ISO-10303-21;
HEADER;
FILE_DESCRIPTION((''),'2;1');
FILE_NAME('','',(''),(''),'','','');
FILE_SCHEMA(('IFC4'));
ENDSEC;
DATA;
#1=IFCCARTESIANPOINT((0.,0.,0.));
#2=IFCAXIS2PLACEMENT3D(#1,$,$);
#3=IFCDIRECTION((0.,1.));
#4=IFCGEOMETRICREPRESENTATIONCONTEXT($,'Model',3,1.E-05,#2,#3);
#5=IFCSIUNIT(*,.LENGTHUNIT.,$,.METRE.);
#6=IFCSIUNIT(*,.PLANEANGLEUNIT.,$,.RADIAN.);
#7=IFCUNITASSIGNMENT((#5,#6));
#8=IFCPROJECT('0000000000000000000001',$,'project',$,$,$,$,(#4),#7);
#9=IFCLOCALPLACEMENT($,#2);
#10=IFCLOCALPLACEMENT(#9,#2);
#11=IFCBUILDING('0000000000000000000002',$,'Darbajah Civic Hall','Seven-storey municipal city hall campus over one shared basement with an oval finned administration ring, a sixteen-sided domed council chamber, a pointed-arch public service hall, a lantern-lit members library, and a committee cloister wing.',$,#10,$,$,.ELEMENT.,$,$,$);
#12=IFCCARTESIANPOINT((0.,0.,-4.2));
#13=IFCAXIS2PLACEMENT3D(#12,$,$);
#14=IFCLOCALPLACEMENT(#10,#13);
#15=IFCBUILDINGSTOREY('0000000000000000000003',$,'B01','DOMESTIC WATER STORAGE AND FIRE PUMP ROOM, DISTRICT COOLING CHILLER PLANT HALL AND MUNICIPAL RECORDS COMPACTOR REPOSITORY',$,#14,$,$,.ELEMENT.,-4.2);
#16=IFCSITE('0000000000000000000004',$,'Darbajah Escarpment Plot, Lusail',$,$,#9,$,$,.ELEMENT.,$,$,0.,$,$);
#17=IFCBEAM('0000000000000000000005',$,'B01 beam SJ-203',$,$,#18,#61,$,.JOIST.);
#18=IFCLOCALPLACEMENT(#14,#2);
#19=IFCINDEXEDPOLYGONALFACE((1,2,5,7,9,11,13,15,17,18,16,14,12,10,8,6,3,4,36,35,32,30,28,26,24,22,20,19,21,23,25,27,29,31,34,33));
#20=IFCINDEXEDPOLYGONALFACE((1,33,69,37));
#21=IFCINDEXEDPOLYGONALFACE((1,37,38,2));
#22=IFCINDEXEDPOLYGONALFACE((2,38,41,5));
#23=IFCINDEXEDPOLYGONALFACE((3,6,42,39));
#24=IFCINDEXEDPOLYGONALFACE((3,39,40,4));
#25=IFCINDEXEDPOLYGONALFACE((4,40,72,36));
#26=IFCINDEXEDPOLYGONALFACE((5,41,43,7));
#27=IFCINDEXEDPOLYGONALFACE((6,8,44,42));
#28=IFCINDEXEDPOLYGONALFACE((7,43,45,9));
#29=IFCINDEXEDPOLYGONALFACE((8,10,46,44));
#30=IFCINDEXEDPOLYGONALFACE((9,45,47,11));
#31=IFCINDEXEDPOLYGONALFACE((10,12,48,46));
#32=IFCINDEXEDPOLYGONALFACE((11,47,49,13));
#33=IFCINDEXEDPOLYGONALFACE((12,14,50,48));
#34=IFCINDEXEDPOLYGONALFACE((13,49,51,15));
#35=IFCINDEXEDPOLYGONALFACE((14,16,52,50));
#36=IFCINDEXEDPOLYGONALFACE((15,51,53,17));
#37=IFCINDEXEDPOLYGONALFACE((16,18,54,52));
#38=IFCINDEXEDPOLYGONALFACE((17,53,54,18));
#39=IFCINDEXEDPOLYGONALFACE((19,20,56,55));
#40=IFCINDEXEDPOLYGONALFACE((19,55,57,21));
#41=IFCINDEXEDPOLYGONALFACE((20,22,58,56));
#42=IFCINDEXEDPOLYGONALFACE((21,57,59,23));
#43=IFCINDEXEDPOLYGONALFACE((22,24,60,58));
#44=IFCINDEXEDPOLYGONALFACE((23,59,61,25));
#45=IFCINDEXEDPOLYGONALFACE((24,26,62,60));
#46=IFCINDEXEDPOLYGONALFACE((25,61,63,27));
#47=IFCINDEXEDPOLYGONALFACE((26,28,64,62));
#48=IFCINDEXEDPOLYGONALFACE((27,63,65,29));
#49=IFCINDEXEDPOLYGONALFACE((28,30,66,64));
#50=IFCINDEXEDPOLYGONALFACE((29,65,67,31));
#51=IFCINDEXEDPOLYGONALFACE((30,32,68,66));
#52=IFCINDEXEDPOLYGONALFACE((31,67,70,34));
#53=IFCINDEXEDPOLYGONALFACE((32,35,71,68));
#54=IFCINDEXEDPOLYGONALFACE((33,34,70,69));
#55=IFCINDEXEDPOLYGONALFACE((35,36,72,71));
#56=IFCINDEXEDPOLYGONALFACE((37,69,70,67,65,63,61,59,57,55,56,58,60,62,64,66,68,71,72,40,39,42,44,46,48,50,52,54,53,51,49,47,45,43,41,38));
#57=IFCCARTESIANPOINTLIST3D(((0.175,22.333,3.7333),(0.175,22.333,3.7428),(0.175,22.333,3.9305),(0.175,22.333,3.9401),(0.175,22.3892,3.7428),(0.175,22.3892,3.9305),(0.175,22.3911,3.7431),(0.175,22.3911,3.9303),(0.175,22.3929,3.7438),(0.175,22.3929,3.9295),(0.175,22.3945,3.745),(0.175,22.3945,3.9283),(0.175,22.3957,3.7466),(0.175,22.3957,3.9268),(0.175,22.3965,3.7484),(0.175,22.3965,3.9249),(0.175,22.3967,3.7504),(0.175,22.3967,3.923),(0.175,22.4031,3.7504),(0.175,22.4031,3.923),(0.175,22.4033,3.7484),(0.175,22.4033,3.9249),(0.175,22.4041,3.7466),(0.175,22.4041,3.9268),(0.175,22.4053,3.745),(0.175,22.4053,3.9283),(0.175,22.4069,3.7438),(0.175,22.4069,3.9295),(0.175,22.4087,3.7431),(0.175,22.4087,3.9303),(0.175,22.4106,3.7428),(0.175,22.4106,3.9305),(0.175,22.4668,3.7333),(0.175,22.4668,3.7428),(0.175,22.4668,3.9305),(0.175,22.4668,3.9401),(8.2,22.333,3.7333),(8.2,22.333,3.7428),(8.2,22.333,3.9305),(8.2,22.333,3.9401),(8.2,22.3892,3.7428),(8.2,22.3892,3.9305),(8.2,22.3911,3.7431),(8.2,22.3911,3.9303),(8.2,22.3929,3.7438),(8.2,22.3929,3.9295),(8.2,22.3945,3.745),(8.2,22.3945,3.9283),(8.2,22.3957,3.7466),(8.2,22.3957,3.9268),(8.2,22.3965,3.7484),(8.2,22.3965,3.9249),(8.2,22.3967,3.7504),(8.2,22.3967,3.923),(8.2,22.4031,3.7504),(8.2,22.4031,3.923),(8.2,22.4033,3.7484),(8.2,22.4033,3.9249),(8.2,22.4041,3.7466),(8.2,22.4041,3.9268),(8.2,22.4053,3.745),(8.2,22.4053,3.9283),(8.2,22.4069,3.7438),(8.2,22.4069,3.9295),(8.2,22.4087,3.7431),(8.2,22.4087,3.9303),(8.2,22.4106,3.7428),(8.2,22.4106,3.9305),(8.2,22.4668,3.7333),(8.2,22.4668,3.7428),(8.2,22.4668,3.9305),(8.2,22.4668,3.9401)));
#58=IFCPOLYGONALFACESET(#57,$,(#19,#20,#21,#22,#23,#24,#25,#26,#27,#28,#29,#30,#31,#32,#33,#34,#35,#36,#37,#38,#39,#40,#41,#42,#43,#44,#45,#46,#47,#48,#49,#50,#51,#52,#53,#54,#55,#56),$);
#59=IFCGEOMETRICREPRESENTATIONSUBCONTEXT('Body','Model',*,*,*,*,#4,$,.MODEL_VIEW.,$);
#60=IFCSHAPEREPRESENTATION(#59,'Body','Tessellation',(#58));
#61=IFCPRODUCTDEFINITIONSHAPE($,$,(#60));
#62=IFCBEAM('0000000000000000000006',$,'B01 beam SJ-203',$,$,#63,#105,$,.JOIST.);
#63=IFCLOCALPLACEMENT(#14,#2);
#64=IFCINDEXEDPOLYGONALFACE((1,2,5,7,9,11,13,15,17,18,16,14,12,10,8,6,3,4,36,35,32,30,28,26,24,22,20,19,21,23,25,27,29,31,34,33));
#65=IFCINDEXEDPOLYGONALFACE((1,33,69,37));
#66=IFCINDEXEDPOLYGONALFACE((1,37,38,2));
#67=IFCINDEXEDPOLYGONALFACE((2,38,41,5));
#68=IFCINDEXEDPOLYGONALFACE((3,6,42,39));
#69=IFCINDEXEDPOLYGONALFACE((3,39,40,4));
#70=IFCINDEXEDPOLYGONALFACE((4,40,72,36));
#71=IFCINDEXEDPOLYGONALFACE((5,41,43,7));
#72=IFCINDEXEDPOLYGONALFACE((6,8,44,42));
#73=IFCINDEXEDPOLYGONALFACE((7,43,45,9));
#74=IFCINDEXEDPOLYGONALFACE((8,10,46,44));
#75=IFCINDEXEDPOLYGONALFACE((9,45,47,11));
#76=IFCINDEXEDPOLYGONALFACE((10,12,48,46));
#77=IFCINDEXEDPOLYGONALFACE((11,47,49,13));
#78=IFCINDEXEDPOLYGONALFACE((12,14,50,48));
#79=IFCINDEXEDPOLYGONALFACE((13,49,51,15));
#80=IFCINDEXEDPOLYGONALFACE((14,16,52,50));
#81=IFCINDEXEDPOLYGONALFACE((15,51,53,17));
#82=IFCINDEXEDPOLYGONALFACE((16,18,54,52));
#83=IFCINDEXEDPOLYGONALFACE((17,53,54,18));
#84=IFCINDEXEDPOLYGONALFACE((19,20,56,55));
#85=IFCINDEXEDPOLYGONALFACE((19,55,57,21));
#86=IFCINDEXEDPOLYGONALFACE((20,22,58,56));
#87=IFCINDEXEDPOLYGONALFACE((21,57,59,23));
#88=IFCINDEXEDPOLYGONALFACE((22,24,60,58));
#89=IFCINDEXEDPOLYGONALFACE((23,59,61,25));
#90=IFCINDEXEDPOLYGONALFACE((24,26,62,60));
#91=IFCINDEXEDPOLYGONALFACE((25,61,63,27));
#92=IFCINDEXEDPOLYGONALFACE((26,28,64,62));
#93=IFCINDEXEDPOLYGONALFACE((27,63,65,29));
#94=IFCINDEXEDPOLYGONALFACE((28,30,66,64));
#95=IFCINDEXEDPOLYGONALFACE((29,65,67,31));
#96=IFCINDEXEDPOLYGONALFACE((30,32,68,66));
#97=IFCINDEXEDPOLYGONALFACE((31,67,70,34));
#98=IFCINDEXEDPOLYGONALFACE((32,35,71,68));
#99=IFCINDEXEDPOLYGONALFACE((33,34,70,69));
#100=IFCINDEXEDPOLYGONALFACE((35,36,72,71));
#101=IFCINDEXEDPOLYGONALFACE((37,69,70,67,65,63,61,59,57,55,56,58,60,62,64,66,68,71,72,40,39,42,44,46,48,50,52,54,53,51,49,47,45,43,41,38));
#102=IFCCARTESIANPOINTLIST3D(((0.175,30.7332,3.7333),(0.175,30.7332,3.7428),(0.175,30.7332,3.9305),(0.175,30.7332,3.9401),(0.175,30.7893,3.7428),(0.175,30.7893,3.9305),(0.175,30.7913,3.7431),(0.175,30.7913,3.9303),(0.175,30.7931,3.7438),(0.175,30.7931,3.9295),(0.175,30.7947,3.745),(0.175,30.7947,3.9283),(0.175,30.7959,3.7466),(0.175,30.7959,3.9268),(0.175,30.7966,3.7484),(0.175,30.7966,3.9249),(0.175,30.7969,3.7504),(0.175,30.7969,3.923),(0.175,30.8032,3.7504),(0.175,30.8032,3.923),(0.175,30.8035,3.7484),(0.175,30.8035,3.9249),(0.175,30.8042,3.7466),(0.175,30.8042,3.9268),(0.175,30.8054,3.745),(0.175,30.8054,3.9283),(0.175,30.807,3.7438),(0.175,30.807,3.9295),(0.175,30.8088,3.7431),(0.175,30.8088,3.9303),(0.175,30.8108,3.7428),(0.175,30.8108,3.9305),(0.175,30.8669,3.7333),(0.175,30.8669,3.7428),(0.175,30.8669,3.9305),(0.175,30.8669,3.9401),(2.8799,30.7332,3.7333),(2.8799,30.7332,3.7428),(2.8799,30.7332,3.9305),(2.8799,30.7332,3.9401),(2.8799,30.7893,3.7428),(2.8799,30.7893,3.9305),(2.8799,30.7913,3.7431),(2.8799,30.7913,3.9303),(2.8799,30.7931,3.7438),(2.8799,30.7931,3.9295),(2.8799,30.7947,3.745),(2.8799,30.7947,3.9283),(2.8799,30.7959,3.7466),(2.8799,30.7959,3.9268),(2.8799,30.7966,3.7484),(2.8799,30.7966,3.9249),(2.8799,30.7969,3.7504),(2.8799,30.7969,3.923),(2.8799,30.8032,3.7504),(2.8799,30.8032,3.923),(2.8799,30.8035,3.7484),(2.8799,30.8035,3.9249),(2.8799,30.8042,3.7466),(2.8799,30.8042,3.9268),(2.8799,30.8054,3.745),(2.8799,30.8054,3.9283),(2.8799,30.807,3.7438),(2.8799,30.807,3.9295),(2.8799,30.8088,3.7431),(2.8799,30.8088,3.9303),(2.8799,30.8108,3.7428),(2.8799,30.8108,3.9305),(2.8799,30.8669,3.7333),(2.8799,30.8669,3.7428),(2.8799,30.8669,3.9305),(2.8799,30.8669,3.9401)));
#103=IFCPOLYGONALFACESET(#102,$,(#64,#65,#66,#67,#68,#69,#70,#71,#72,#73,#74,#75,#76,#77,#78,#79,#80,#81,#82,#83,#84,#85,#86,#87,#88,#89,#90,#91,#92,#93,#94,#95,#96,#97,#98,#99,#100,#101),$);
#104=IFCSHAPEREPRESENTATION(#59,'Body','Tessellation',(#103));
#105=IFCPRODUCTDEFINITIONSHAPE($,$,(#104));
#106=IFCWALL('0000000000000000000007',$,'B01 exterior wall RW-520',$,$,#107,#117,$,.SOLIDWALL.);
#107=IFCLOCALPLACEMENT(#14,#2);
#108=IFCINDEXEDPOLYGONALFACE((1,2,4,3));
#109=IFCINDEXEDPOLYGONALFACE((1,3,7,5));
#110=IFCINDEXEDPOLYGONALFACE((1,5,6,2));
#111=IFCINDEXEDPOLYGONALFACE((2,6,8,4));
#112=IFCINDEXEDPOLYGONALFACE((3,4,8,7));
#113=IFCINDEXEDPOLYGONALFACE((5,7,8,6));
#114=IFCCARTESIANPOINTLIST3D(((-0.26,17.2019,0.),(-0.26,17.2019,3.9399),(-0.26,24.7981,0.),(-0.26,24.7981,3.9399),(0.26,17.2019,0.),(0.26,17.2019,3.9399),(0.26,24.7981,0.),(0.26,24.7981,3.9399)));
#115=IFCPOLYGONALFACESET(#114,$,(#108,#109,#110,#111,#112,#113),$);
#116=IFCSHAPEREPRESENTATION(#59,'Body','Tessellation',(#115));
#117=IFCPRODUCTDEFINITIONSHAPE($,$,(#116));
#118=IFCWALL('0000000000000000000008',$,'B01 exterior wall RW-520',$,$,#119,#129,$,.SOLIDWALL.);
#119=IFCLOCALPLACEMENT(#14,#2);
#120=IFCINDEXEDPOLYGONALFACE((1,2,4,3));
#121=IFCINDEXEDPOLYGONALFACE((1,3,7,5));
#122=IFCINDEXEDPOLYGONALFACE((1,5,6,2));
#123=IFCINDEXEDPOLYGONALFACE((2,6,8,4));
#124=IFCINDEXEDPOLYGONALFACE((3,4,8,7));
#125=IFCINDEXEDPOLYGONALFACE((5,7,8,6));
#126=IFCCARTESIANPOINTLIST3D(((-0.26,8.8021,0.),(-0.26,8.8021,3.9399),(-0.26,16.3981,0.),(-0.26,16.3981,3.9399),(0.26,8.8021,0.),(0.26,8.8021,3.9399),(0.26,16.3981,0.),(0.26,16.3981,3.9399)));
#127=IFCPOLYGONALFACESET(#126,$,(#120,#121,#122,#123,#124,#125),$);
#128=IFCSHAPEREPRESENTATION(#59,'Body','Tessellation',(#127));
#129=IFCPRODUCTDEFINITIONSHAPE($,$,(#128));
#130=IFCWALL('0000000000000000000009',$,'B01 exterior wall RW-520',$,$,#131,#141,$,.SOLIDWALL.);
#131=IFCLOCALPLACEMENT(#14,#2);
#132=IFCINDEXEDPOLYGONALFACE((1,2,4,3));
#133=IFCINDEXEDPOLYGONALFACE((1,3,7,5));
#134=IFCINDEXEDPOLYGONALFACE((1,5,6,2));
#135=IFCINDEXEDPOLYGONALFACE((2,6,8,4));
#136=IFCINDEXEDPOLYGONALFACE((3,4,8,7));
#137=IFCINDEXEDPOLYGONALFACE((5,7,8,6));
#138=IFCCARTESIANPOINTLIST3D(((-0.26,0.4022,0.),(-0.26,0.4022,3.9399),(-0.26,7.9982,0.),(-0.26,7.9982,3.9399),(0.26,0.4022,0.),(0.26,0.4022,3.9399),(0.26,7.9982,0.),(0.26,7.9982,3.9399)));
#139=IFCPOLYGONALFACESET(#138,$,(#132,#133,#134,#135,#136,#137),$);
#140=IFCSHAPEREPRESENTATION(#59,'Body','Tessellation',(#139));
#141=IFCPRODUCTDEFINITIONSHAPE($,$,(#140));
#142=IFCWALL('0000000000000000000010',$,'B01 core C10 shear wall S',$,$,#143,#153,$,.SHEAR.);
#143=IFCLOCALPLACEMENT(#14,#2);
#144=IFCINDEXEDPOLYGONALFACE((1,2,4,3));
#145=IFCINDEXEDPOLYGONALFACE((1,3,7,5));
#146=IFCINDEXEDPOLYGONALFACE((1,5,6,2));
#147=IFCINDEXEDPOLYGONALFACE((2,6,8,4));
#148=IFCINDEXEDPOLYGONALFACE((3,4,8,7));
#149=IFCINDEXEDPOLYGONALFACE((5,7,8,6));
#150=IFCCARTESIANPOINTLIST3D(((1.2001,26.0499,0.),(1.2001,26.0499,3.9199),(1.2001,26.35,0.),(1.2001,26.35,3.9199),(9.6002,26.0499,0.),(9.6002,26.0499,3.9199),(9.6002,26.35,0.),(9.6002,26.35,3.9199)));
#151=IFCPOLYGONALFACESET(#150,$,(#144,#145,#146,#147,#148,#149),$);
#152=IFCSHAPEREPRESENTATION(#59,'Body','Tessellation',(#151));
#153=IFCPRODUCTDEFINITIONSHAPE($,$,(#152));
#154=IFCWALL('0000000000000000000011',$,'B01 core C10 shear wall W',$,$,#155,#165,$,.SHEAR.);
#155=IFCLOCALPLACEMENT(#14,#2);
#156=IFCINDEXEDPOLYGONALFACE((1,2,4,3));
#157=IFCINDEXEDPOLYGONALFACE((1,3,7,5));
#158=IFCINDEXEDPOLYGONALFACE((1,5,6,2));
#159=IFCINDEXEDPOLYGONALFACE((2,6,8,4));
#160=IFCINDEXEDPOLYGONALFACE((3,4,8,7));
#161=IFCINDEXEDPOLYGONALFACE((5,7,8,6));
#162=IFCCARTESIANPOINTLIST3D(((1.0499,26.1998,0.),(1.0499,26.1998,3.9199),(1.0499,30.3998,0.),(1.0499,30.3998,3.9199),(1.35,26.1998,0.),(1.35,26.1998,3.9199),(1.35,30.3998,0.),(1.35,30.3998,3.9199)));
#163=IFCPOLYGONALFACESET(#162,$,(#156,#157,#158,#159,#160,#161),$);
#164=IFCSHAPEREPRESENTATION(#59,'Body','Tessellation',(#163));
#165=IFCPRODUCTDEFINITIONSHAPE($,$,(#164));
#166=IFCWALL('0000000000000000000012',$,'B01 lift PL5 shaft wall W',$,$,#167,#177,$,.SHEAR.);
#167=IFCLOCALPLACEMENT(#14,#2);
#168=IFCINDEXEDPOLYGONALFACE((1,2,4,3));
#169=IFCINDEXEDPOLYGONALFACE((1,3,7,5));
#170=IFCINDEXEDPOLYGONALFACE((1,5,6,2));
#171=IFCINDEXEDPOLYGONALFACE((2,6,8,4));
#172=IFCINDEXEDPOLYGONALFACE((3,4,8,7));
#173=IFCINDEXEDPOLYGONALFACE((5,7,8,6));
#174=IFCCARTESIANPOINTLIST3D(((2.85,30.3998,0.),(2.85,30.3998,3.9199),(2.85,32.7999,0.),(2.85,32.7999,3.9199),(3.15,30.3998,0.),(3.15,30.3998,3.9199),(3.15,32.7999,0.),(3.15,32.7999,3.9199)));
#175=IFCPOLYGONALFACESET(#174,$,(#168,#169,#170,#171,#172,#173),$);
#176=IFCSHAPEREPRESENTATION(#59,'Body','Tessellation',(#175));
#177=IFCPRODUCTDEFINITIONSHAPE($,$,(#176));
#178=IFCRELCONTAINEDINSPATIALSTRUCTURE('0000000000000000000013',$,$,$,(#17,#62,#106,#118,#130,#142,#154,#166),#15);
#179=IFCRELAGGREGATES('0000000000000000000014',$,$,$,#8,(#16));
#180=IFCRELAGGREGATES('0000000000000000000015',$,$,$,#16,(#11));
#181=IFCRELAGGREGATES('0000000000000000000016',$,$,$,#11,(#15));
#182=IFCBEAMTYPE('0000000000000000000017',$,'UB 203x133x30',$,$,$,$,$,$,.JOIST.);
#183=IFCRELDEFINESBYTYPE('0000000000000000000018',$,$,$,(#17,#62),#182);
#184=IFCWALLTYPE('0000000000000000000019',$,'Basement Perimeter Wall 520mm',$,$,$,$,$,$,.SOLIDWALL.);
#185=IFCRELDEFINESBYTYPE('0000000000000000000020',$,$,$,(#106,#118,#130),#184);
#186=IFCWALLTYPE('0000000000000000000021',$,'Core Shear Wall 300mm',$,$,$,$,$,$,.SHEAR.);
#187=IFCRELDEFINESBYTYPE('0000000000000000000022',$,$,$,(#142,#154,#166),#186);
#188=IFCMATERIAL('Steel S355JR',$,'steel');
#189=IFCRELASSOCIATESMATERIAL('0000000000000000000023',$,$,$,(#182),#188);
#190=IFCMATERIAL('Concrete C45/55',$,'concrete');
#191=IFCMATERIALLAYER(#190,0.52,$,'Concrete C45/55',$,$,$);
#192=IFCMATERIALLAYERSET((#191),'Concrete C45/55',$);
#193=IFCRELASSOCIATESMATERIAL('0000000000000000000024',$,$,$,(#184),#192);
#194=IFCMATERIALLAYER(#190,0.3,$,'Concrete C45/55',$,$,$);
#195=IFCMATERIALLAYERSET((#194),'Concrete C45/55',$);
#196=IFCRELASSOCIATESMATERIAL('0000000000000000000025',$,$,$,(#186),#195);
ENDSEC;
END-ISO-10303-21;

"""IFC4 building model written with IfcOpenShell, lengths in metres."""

from ifc_helpers import new_model, si_unit, direction, frame, frame_2d, origin, origin_2d, place, context, subcontext, project, spatial, rectangle, i_section, extrude, material, layer, layer_set, material_profile, profile_set, type_object, element, save


model = new_model("IFC4")

# Units and contexts
model_context = context("Model", 3, precision=1e-05, world=origin(), true_north=direction((0.0, 1.0)))
body_context = subcontext(model_context, "Body", "Model", "MODEL_VIEW")
ifc_project = project(units=[si_unit("LENGTHUNIT", "METRE"), si_unit("PLANEANGLEUNIT", "RADIAN")], contexts=[model_context])

# Site, building, storey
site_placement = place(None, origin())
site = spatial("IfcSite", under=ifc_project, at=site_placement, Name="Darbajah Escarpment Plot, Lusail", CompositionType="ELEMENT", RefElevation=0.0)
building_placement = place(site_placement, origin())
building = spatial("IfcBuilding", under=site, at=building_placement, Name="Darbajah Civic Hall", Description="Seven-storey municipal city hall campus over one shared basement with an oval finned administration ring, a sixteen-sided domed council chamber, a pointed-arch public service hall, a lantern-lit members library, and a committee cloister wing.", CompositionType="ELEMENT")
storey_placement = place(building_placement, frame((0.0, 0.0, -4.2)))
storey = spatial("IfcBuildingStorey", under=building, at=storey_placement, Name="B01", Description="DOMESTIC WATER STORAGE AND FIRE PUMP ROOM, DISTRICT COOLING CHILLER PLANT HALL AND MUNICIPAL RECORDS COMPACTOR REPOSITORY", CompositionType="ELEMENT", Elevation=-4.2)

# Shared definitions
ifc_material_1 = material(Name="Concrete C45/55", Category="concrete")

# Beams
ifc_material_2 = material(Name="Steel S355JR", Category="steel")
ifc_material_profile_1 = material_profile(ifc_material_2, i_section(OverallWidth=0.1338, OverallDepth=0.2068, WebThickness=0.0063, FlangeThickness=0.0095, FilletRadius=0.0076, at=origin_2d()), Name="UB 203x133x30")
ifc_profile_set_1 = profile_set([ifc_material_profile_1], Name="Steel S355JR")
beam_type_1 = type_object("IfcBeamType", Name="UB 203x133x30", PredefinedType="JOIST", material=ifc_profile_set_1)
for number, where, z_axis, x_axis, name in (
    (1, (0.175, 22.3999, 3.8367), (1.0, 0.0, 0.0), (0.0, 1.0, 0.0), "B01 beam SJ-203"),
):
    element("IfcBeam", number, at=place(storey_placement, frame(where, z_axis=z_axis, x_axis=x_axis)), inside=storey, type_object=beam_type_1, Name=name, PredefinedType="JOIST", context=body_context, shape_type="SweptSolid", body=[
        extrude(i_section(OverallWidth=0.1338, OverallDepth=0.2068, WebThickness=0.0063, FlangeThickness=0.0095, FilletRadius=0.0076, at=origin_2d()), origin(), (0.0, 0.0, 1.0), 8.0249),
    ])
beam_1_placement = place(storey_placement, frame((0.175, 30.8, 3.8367), z_axis=(1.0, 0.0, 0.0), x_axis=(0.0, 1.0, 0.0)))
element("IfcBeam", 2, at=beam_1_placement, inside=storey, type_object=beam_type_1, Name="B01 beam SJ-203", PredefinedType="JOIST", context=body_context, shape_type="SweptSolid", body=[
    extrude(i_section(OverallWidth=0.1338, OverallDepth=0.2068, WebThickness=0.0063, FlangeThickness=0.0095, FilletRadius=0.0076, at=origin_2d()), origin(), (0.0, 0.0, 1.0), 2.7048),
])

# Walls
ifc_layer_1 = layer(ifc_material_1, 0.52, Name="Concrete C45/55")
ifc_layer_set_1 = layer_set([ifc_layer_1], Name="Concrete C45/55")
wall_type_1 = type_object("IfcWallType", Name="Basement Perimeter Wall 520mm", PredefinedType="SOLIDWALL", material=ifc_layer_set_1)
wall_1_placement = place(storey_placement, frame((0.0, 24.7981, 0.0), z_axis=(0.0, 0.0, 1.0), x_axis=(0.0, -1.0, 0.0)))
element("IfcWall", 3, at=wall_1_placement, inside=storey, type_object=wall_type_1, Name="B01 exterior wall RW-520", PredefinedType="SOLIDWALL", context=body_context, shape_type="SweptSolid", body=[
    extrude(rectangle(XDim=7.5962, YDim=0.52, at=frame_2d((3.7981, 0.0))), origin(), (0.0, 0.0, 1.0), 3.9399),
])
for number, where, z_axis, x_axis, name in (
    (4, (0.0, 16.3979, 0.0), (0.0, 0.0, 1.0), (0.0, -1.0, 0.0), "B01 exterior wall RW-520"),
    (5, (0.0, 7.998, 0.0), (0.0, 0.0, 1.0), (0.0, -1.0, 0.0), "B01 exterior wall RW-520"),
):
    element("IfcWall", number, at=place(storey_placement, frame(where, z_axis=z_axis, x_axis=x_axis)), inside=storey, type_object=wall_type_1, Name=name, PredefinedType="SOLIDWALL", context=body_context, shape_type="SweptSolid", body=[
        extrude(rectangle(XDim=7.5959, YDim=0.52, at=frame_2d((3.7979, 0.0))), origin(), (0.0, 0.0, 1.0), 3.9399),
    ])
ifc_layer_2 = layer(ifc_material_1, 0.3, Name="Concrete C45/55")
ifc_layer_set_2 = layer_set([ifc_layer_2], Name="Concrete C45/55")
wall_type_2 = type_object("IfcWallType", Name="Core Shear Wall 300mm", PredefinedType="SHEAR", material=ifc_layer_set_2)
wall_2_placement = place(storey_placement, frame((1.2, 26.2, 0.0), z_axis=(0.0, 0.0, 1.0), x_axis=(1.0, 0.0, 0.0)))
element("IfcWall", 6, at=wall_2_placement, inside=storey, type_object=wall_type_2, Name="B01 core C10 shear wall S", PredefinedType="SHEAR", context=body_context, shape_type="SweptSolid", body=[
    extrude(rectangle(XDim=8.4001, YDim=0.3, at=frame_2d((4.2002, 0.0))), origin(), (0.0, 0.0, 1.0), 3.9199),
])
wall_3_placement = place(storey_placement, frame((1.2, 30.3999, 0.0), z_axis=(0.0, 0.0, 1.0), x_axis=(0.0, -1.0, 0.0)))
element("IfcWall", 7, at=wall_3_placement, inside=storey, type_object=wall_type_2, Name="B01 core C10 shear wall W", PredefinedType="SHEAR", context=body_context, shape_type="SweptSolid", body=[
    extrude(rectangle(XDim=4.2, YDim=0.3, at=frame_2d((2.1001, 0.0))), origin(), (0.0, 0.0, 1.0), 3.9199),
])
wall_4_placement = place(storey_placement, frame((3.0, 32.8, 0.0), z_axis=(0.0, 0.0, 1.0), x_axis=(0.0, -1.0, 0.0)))
element("IfcWall", 8, at=wall_4_placement, inside=storey, type_object=wall_type_2, Name="B01 lift PL5 shaft wall W", PredefinedType="SHEAR", context=body_context, shape_type="SweptSolid", body=[
    extrude(rectangle(XDim=2.4001, YDim=0.3, at=frame_2d((1.2002, 0.0))), origin(), (0.0, 0.0, 1.0), 3.9199),
])

save(model, "model.ifc")
